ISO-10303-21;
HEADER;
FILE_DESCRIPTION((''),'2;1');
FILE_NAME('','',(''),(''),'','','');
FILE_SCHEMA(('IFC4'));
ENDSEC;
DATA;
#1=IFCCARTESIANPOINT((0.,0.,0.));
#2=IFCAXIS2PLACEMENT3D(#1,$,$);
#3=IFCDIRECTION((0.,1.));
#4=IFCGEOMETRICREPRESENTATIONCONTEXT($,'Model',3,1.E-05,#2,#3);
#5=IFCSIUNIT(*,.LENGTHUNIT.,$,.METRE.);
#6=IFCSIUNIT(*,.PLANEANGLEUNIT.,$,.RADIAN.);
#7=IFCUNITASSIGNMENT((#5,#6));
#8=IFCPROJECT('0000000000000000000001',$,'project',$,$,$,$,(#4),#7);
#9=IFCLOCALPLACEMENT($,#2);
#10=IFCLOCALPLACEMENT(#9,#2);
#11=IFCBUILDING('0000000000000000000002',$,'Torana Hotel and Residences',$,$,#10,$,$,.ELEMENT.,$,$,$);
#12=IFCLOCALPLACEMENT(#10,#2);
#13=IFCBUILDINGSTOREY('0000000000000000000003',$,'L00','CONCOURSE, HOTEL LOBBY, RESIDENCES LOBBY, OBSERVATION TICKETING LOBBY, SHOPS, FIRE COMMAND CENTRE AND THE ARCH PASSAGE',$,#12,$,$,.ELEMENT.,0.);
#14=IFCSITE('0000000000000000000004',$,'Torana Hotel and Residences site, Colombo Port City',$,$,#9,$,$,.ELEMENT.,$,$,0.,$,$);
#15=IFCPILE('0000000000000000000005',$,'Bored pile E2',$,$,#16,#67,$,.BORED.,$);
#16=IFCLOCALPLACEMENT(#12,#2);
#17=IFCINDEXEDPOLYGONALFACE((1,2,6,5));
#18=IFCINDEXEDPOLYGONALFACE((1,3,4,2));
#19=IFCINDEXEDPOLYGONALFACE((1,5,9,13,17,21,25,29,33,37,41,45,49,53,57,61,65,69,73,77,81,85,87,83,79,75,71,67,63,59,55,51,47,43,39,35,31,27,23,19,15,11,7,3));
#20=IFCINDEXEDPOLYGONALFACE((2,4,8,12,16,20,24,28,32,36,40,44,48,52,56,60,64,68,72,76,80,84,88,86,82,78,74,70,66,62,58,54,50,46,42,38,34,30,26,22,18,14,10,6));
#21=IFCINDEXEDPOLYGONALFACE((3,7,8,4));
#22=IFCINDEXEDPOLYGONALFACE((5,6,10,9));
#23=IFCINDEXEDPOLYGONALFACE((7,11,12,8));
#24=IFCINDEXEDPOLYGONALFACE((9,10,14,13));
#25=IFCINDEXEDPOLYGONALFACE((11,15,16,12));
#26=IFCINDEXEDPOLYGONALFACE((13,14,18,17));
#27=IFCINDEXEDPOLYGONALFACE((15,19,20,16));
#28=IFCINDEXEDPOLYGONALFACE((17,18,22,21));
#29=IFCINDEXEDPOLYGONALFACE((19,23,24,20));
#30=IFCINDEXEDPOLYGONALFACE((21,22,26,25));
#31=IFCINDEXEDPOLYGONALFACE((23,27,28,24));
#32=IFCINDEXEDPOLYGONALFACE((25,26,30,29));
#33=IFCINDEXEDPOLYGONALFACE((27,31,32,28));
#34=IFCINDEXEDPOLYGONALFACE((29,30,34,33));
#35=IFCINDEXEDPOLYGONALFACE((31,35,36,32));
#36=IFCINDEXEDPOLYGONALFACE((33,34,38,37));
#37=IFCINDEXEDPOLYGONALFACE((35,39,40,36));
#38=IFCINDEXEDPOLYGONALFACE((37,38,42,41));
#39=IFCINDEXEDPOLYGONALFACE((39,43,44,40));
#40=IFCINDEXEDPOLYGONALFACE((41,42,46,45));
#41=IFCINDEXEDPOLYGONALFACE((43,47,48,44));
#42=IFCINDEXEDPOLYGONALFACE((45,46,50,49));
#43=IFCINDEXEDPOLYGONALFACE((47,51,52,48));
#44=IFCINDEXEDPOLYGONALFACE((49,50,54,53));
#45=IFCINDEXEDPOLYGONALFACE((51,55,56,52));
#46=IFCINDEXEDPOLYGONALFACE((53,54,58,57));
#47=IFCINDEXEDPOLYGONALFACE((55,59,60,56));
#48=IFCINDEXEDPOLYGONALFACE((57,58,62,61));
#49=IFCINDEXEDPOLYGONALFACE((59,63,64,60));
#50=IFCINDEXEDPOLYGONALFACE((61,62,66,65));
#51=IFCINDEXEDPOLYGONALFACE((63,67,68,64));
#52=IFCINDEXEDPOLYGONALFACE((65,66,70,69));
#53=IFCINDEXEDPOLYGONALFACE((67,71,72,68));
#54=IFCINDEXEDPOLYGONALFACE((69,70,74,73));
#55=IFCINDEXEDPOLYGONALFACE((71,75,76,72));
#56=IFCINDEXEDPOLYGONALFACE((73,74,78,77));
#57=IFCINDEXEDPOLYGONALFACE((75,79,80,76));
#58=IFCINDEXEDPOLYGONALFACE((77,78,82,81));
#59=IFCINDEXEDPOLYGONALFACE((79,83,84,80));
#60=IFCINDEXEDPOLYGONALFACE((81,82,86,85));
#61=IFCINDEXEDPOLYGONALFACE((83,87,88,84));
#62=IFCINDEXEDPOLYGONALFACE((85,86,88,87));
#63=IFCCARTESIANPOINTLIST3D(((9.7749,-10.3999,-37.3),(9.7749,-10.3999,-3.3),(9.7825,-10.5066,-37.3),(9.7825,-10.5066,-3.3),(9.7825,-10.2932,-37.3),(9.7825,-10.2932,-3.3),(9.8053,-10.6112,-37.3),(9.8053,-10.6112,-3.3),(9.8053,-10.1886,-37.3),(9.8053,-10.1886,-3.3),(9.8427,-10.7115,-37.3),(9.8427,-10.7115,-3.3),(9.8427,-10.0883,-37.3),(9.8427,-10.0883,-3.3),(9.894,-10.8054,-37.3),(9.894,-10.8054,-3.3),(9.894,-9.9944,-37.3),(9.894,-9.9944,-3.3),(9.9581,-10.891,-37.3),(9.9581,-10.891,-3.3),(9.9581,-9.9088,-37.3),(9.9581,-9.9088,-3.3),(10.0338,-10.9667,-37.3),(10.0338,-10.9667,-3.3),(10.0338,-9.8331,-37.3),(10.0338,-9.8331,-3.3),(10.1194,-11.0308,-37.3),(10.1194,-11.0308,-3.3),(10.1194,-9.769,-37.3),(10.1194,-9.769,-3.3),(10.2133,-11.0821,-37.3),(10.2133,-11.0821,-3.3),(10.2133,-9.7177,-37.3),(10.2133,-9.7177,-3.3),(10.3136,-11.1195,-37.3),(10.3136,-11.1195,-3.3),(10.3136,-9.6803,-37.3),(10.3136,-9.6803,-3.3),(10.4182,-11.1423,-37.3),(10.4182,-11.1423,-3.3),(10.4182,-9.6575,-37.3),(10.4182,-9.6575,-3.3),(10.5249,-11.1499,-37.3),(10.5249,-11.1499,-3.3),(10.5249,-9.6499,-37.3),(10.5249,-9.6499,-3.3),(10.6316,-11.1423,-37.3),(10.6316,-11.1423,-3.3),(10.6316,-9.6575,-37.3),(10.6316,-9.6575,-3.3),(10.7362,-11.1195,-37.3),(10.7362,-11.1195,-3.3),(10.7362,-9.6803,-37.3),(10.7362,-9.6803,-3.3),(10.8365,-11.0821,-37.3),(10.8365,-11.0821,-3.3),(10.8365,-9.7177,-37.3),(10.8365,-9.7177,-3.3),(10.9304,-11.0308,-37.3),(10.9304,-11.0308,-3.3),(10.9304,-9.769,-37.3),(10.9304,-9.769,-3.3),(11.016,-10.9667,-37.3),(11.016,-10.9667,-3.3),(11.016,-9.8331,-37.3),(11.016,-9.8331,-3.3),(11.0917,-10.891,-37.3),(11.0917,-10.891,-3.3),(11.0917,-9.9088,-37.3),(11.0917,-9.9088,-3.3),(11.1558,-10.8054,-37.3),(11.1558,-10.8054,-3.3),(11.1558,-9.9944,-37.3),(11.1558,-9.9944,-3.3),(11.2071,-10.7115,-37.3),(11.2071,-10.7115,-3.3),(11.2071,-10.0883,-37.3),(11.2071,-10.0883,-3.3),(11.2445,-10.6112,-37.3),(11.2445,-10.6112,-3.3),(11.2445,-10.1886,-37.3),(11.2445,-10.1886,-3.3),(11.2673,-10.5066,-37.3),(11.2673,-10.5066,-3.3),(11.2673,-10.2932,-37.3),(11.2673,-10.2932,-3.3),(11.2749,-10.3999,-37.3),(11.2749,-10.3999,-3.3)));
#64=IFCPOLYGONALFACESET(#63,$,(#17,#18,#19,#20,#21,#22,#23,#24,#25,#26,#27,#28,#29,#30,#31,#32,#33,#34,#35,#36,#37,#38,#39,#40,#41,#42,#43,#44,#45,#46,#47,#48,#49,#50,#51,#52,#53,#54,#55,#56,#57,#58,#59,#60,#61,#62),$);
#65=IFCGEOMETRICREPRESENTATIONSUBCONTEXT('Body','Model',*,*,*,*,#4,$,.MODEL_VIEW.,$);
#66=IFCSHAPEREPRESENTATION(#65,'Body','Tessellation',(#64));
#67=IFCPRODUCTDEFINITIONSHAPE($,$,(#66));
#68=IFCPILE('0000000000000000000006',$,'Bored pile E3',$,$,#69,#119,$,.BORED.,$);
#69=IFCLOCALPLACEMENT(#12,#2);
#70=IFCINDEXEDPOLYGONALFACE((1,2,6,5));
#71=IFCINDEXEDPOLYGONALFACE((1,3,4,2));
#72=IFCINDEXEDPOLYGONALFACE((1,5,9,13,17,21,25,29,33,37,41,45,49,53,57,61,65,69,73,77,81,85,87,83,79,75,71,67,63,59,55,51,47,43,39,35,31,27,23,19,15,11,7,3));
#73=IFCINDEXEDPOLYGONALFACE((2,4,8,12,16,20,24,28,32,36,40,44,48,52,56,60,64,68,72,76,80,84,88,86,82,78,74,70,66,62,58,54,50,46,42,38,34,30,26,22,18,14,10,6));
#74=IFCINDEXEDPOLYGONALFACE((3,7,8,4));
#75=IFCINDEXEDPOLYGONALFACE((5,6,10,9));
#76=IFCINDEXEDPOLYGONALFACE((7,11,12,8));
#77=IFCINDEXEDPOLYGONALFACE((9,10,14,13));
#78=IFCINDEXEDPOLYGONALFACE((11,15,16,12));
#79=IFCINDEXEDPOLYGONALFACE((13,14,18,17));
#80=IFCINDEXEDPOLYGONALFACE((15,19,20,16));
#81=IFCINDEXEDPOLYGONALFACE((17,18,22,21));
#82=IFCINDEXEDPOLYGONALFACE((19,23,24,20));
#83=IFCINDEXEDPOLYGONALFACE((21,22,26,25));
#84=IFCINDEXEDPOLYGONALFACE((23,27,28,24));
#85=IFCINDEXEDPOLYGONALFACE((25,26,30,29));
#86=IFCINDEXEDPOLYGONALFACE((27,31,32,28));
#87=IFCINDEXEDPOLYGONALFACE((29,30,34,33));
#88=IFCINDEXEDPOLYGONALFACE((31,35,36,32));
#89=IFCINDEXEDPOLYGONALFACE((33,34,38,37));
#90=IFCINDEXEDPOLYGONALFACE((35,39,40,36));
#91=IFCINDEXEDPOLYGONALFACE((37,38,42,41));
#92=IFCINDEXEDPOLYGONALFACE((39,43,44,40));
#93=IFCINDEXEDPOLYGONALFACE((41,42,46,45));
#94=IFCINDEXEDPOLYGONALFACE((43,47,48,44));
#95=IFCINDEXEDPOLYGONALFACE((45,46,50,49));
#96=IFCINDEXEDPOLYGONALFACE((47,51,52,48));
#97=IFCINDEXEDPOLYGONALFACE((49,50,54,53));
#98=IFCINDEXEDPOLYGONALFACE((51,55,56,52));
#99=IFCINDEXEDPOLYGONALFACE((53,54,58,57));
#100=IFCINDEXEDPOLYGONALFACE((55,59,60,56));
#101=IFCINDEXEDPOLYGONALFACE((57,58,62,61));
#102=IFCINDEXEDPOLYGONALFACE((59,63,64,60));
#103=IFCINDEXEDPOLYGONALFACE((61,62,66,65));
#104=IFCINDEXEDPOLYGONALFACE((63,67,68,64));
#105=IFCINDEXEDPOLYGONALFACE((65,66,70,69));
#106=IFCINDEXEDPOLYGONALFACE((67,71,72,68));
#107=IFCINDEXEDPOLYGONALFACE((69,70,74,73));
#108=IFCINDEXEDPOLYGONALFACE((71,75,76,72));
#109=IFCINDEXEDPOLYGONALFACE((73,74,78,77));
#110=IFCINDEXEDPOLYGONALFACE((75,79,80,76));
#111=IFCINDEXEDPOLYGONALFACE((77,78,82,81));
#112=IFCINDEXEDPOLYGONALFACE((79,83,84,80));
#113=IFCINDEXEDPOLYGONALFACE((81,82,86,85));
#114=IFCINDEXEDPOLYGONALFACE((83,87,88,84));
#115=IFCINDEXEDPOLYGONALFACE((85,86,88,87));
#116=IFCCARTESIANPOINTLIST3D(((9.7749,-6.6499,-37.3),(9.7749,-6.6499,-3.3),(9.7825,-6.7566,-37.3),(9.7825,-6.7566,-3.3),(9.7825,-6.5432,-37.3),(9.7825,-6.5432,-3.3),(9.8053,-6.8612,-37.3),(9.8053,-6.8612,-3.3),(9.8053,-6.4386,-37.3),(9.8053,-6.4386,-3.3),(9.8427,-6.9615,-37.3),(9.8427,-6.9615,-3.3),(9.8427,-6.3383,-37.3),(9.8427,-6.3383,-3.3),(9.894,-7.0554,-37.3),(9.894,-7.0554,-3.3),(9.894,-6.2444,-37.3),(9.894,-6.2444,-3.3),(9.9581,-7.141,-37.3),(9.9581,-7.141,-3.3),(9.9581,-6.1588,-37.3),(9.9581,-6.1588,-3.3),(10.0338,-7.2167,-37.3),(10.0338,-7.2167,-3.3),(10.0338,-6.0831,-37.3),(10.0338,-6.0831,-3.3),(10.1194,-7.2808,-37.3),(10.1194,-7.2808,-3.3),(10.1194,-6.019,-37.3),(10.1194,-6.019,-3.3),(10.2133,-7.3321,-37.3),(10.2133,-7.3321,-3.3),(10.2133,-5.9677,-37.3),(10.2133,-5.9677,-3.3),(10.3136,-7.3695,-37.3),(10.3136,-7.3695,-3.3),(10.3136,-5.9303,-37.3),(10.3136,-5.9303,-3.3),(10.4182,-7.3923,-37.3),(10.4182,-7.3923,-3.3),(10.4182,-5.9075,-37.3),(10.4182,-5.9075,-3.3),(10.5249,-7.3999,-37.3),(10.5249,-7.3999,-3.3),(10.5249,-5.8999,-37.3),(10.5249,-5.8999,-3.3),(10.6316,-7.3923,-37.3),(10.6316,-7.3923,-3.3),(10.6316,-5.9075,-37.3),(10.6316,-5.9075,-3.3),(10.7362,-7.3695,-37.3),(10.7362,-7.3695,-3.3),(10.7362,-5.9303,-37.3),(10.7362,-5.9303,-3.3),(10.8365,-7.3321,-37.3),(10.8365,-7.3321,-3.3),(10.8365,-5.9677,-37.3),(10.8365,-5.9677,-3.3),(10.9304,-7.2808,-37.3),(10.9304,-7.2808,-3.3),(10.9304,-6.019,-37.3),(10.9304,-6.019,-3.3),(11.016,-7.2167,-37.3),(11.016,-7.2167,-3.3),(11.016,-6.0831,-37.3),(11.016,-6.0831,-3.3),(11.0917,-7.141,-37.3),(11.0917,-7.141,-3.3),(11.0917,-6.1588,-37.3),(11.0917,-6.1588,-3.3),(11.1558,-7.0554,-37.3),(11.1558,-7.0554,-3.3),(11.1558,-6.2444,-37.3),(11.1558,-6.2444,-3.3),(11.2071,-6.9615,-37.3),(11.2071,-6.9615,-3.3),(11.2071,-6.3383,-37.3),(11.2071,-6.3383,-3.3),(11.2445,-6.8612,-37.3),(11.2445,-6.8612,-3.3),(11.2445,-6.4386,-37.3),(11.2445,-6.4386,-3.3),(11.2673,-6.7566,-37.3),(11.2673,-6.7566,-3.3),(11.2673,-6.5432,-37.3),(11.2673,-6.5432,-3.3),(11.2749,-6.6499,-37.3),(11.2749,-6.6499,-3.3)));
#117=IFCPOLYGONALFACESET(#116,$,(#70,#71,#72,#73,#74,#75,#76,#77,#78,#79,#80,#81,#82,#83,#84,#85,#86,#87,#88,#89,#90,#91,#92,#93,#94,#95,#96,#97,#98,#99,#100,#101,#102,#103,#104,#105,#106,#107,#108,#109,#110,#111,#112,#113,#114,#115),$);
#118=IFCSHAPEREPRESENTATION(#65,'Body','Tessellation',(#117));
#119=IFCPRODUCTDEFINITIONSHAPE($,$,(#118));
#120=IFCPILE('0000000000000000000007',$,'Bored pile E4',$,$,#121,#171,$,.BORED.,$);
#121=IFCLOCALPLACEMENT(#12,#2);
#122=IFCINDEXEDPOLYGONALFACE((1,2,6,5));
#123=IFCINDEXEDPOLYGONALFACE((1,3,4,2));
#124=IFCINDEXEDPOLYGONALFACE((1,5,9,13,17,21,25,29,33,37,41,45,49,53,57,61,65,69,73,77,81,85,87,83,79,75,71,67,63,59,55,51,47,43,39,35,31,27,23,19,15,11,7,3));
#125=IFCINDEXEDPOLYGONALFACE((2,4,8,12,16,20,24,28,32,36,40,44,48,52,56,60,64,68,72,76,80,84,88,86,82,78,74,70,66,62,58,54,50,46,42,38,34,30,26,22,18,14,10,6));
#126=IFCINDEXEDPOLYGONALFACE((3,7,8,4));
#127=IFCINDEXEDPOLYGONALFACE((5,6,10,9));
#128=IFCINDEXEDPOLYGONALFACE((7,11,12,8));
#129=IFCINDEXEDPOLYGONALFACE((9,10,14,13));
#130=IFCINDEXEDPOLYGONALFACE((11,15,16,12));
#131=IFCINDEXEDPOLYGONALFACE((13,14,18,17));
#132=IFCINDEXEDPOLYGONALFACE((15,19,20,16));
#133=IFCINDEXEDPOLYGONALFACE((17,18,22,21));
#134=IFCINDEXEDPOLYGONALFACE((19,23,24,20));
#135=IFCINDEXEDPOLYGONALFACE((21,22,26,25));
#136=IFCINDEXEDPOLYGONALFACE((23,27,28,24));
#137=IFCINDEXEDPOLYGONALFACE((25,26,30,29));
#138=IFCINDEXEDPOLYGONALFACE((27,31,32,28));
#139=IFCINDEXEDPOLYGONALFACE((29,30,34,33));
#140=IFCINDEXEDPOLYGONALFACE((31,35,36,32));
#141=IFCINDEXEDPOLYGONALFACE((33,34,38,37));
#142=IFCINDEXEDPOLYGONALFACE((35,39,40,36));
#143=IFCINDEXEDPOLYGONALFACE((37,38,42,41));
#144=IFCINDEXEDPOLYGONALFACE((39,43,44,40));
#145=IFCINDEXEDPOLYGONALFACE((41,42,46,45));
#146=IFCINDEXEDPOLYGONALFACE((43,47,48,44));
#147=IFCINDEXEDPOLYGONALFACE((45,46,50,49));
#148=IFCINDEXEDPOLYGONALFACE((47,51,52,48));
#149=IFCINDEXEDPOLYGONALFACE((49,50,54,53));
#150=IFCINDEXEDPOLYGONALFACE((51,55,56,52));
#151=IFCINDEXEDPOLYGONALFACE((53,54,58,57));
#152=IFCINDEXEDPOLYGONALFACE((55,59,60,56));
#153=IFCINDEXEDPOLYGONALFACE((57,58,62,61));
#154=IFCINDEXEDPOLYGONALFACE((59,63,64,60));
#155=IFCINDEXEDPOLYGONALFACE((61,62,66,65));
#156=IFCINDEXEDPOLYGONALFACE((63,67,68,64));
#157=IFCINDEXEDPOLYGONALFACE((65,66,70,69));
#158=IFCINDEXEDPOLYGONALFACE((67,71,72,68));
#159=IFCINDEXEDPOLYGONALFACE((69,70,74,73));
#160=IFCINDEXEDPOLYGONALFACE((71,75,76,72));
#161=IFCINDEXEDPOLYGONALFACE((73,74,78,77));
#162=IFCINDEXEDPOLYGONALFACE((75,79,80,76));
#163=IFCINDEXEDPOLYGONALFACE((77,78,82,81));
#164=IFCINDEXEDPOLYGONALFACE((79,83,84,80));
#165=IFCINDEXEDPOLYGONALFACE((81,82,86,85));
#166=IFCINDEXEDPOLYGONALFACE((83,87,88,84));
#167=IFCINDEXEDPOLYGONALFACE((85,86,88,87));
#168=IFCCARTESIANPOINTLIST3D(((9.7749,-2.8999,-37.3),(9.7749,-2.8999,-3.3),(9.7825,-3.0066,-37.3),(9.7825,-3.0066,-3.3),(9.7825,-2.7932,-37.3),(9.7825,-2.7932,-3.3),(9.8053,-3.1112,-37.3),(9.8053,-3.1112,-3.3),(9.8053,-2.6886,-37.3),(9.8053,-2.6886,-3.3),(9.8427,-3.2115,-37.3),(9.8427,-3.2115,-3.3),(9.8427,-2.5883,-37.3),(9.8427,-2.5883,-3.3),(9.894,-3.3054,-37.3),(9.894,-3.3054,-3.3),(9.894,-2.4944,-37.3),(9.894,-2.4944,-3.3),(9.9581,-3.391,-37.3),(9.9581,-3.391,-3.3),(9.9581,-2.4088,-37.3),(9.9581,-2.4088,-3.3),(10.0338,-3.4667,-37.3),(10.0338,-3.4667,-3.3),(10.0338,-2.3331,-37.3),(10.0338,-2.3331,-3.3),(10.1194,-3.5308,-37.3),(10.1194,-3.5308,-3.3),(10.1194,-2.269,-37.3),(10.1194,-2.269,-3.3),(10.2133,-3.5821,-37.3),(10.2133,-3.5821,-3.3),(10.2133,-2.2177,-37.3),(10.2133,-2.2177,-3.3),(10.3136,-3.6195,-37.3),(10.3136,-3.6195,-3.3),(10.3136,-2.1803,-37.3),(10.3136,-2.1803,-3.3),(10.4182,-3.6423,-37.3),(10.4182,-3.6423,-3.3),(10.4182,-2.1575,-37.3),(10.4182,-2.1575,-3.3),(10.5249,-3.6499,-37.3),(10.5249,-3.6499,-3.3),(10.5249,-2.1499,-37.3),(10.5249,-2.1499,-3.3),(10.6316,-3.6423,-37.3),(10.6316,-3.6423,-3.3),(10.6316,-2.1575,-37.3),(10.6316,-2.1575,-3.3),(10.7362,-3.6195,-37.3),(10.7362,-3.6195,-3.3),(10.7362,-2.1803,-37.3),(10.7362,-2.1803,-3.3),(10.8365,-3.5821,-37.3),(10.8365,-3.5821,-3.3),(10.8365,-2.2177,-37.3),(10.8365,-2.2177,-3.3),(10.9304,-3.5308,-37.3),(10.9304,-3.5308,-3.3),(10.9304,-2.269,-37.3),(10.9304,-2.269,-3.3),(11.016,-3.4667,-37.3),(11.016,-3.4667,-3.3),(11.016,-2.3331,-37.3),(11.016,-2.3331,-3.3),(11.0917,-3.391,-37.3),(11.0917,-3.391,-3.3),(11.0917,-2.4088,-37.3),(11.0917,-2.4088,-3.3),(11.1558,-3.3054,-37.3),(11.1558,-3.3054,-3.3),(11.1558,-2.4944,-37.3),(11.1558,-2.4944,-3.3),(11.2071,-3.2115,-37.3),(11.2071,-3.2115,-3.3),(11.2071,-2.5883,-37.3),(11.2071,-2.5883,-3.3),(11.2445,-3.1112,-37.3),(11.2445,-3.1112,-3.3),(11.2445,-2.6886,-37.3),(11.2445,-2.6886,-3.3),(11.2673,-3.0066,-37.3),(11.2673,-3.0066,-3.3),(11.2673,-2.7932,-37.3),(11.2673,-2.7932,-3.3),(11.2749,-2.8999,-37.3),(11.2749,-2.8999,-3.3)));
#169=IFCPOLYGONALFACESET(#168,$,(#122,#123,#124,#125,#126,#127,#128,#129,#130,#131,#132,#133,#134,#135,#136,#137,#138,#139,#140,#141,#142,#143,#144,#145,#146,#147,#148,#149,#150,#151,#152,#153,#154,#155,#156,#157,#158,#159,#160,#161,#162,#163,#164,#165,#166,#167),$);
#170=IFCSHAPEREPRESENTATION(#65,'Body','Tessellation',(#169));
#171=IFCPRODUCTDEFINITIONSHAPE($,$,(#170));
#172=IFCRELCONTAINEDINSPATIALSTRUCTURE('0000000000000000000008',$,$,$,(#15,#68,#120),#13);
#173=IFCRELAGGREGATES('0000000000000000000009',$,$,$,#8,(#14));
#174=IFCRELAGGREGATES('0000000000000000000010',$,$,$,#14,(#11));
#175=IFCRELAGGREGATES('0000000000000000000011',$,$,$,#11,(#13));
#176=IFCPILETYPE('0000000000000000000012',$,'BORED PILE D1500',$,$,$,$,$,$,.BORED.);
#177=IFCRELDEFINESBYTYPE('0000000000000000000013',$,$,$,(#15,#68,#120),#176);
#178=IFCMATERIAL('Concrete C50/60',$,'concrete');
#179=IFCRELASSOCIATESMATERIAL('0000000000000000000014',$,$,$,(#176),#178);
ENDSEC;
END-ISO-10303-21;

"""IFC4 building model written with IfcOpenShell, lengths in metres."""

from ifc_helpers import new_model, si_unit, direction, frame, origin, origin_2d, place, context, subcontext, project, spatial, circle, extrude, material, type_object, element, save


model = new_model("IFC4")

# Units and contexts
model_context = context("Model", 3, precision=1e-05, world=origin(), true_north=direction((0.0, 1.0)))
body_context = subcontext(model_context, "Body", "Model", "MODEL_VIEW")
ifc_project = project(units=[si_unit("LENGTHUNIT", "METRE"), si_unit("PLANEANGLEUNIT", "RADIAN")], contexts=[model_context])

# Site, building, storey
site_placement = place(None, origin())
site = spatial("IfcSite", under=ifc_project, at=site_placement, Name="Torana Hotel and Residences site, Colombo Port City", CompositionType="ELEMENT", RefElevation=0.0)
building_placement = place(site_placement, origin())
building = spatial("IfcBuilding", under=site, at=building_placement, Name="Torana Hotel and Residences", CompositionType="ELEMENT")
storey_placement = place(building_placement, origin())
storey = spatial("IfcBuildingStorey", under=building, at=storey_placement, Name="L00", Description="CONCOURSE, HOTEL LOBBY, RESIDENCES LOBBY, OBSERVATION TICKETING LOBBY, SHOPS, FIRE COMMAND CENTRE AND THE ARCH PASSAGE", CompositionType="ELEMENT", Elevation=0.0)

# Piles
ifc_material_1 = material(Name="Concrete C50/60", Category="concrete")
pile_type = type_object("IfcPileType", Name="BORED PILE D1500", PredefinedType="BORED", material=ifc_material_1)
for number, where, z_axis, x_axis, name in (
    (1, (10.5249, -10.3999, -3.3), (0.0, 0.0, -1.0), (1.0, 0.0, 0.0), "Bored pile E2"),
    (2, (10.5249, -6.6499, -3.3), (0.0, 0.0, -1.0), (1.0, 0.0, 0.0), "Bored pile E3"),
    (3, (10.5249, -2.8999, -3.3), (0.0, 0.0, -1.0), (1.0, 0.0, 0.0), "Bored pile E4"),
):
    element("IfcPile", number, at=place(storey_placement, frame(where, z_axis=z_axis, x_axis=x_axis)), inside=storey, type_object=pile_type, Name=name, PredefinedType="BORED", context=body_context, shape_type="SweptSolid", body=[
        extrude(circle(Radius=0.75, at=origin_2d()), origin(), (0.0, 0.0, 1.0), 34.0),
    ])

save(model, "model.ifc")
